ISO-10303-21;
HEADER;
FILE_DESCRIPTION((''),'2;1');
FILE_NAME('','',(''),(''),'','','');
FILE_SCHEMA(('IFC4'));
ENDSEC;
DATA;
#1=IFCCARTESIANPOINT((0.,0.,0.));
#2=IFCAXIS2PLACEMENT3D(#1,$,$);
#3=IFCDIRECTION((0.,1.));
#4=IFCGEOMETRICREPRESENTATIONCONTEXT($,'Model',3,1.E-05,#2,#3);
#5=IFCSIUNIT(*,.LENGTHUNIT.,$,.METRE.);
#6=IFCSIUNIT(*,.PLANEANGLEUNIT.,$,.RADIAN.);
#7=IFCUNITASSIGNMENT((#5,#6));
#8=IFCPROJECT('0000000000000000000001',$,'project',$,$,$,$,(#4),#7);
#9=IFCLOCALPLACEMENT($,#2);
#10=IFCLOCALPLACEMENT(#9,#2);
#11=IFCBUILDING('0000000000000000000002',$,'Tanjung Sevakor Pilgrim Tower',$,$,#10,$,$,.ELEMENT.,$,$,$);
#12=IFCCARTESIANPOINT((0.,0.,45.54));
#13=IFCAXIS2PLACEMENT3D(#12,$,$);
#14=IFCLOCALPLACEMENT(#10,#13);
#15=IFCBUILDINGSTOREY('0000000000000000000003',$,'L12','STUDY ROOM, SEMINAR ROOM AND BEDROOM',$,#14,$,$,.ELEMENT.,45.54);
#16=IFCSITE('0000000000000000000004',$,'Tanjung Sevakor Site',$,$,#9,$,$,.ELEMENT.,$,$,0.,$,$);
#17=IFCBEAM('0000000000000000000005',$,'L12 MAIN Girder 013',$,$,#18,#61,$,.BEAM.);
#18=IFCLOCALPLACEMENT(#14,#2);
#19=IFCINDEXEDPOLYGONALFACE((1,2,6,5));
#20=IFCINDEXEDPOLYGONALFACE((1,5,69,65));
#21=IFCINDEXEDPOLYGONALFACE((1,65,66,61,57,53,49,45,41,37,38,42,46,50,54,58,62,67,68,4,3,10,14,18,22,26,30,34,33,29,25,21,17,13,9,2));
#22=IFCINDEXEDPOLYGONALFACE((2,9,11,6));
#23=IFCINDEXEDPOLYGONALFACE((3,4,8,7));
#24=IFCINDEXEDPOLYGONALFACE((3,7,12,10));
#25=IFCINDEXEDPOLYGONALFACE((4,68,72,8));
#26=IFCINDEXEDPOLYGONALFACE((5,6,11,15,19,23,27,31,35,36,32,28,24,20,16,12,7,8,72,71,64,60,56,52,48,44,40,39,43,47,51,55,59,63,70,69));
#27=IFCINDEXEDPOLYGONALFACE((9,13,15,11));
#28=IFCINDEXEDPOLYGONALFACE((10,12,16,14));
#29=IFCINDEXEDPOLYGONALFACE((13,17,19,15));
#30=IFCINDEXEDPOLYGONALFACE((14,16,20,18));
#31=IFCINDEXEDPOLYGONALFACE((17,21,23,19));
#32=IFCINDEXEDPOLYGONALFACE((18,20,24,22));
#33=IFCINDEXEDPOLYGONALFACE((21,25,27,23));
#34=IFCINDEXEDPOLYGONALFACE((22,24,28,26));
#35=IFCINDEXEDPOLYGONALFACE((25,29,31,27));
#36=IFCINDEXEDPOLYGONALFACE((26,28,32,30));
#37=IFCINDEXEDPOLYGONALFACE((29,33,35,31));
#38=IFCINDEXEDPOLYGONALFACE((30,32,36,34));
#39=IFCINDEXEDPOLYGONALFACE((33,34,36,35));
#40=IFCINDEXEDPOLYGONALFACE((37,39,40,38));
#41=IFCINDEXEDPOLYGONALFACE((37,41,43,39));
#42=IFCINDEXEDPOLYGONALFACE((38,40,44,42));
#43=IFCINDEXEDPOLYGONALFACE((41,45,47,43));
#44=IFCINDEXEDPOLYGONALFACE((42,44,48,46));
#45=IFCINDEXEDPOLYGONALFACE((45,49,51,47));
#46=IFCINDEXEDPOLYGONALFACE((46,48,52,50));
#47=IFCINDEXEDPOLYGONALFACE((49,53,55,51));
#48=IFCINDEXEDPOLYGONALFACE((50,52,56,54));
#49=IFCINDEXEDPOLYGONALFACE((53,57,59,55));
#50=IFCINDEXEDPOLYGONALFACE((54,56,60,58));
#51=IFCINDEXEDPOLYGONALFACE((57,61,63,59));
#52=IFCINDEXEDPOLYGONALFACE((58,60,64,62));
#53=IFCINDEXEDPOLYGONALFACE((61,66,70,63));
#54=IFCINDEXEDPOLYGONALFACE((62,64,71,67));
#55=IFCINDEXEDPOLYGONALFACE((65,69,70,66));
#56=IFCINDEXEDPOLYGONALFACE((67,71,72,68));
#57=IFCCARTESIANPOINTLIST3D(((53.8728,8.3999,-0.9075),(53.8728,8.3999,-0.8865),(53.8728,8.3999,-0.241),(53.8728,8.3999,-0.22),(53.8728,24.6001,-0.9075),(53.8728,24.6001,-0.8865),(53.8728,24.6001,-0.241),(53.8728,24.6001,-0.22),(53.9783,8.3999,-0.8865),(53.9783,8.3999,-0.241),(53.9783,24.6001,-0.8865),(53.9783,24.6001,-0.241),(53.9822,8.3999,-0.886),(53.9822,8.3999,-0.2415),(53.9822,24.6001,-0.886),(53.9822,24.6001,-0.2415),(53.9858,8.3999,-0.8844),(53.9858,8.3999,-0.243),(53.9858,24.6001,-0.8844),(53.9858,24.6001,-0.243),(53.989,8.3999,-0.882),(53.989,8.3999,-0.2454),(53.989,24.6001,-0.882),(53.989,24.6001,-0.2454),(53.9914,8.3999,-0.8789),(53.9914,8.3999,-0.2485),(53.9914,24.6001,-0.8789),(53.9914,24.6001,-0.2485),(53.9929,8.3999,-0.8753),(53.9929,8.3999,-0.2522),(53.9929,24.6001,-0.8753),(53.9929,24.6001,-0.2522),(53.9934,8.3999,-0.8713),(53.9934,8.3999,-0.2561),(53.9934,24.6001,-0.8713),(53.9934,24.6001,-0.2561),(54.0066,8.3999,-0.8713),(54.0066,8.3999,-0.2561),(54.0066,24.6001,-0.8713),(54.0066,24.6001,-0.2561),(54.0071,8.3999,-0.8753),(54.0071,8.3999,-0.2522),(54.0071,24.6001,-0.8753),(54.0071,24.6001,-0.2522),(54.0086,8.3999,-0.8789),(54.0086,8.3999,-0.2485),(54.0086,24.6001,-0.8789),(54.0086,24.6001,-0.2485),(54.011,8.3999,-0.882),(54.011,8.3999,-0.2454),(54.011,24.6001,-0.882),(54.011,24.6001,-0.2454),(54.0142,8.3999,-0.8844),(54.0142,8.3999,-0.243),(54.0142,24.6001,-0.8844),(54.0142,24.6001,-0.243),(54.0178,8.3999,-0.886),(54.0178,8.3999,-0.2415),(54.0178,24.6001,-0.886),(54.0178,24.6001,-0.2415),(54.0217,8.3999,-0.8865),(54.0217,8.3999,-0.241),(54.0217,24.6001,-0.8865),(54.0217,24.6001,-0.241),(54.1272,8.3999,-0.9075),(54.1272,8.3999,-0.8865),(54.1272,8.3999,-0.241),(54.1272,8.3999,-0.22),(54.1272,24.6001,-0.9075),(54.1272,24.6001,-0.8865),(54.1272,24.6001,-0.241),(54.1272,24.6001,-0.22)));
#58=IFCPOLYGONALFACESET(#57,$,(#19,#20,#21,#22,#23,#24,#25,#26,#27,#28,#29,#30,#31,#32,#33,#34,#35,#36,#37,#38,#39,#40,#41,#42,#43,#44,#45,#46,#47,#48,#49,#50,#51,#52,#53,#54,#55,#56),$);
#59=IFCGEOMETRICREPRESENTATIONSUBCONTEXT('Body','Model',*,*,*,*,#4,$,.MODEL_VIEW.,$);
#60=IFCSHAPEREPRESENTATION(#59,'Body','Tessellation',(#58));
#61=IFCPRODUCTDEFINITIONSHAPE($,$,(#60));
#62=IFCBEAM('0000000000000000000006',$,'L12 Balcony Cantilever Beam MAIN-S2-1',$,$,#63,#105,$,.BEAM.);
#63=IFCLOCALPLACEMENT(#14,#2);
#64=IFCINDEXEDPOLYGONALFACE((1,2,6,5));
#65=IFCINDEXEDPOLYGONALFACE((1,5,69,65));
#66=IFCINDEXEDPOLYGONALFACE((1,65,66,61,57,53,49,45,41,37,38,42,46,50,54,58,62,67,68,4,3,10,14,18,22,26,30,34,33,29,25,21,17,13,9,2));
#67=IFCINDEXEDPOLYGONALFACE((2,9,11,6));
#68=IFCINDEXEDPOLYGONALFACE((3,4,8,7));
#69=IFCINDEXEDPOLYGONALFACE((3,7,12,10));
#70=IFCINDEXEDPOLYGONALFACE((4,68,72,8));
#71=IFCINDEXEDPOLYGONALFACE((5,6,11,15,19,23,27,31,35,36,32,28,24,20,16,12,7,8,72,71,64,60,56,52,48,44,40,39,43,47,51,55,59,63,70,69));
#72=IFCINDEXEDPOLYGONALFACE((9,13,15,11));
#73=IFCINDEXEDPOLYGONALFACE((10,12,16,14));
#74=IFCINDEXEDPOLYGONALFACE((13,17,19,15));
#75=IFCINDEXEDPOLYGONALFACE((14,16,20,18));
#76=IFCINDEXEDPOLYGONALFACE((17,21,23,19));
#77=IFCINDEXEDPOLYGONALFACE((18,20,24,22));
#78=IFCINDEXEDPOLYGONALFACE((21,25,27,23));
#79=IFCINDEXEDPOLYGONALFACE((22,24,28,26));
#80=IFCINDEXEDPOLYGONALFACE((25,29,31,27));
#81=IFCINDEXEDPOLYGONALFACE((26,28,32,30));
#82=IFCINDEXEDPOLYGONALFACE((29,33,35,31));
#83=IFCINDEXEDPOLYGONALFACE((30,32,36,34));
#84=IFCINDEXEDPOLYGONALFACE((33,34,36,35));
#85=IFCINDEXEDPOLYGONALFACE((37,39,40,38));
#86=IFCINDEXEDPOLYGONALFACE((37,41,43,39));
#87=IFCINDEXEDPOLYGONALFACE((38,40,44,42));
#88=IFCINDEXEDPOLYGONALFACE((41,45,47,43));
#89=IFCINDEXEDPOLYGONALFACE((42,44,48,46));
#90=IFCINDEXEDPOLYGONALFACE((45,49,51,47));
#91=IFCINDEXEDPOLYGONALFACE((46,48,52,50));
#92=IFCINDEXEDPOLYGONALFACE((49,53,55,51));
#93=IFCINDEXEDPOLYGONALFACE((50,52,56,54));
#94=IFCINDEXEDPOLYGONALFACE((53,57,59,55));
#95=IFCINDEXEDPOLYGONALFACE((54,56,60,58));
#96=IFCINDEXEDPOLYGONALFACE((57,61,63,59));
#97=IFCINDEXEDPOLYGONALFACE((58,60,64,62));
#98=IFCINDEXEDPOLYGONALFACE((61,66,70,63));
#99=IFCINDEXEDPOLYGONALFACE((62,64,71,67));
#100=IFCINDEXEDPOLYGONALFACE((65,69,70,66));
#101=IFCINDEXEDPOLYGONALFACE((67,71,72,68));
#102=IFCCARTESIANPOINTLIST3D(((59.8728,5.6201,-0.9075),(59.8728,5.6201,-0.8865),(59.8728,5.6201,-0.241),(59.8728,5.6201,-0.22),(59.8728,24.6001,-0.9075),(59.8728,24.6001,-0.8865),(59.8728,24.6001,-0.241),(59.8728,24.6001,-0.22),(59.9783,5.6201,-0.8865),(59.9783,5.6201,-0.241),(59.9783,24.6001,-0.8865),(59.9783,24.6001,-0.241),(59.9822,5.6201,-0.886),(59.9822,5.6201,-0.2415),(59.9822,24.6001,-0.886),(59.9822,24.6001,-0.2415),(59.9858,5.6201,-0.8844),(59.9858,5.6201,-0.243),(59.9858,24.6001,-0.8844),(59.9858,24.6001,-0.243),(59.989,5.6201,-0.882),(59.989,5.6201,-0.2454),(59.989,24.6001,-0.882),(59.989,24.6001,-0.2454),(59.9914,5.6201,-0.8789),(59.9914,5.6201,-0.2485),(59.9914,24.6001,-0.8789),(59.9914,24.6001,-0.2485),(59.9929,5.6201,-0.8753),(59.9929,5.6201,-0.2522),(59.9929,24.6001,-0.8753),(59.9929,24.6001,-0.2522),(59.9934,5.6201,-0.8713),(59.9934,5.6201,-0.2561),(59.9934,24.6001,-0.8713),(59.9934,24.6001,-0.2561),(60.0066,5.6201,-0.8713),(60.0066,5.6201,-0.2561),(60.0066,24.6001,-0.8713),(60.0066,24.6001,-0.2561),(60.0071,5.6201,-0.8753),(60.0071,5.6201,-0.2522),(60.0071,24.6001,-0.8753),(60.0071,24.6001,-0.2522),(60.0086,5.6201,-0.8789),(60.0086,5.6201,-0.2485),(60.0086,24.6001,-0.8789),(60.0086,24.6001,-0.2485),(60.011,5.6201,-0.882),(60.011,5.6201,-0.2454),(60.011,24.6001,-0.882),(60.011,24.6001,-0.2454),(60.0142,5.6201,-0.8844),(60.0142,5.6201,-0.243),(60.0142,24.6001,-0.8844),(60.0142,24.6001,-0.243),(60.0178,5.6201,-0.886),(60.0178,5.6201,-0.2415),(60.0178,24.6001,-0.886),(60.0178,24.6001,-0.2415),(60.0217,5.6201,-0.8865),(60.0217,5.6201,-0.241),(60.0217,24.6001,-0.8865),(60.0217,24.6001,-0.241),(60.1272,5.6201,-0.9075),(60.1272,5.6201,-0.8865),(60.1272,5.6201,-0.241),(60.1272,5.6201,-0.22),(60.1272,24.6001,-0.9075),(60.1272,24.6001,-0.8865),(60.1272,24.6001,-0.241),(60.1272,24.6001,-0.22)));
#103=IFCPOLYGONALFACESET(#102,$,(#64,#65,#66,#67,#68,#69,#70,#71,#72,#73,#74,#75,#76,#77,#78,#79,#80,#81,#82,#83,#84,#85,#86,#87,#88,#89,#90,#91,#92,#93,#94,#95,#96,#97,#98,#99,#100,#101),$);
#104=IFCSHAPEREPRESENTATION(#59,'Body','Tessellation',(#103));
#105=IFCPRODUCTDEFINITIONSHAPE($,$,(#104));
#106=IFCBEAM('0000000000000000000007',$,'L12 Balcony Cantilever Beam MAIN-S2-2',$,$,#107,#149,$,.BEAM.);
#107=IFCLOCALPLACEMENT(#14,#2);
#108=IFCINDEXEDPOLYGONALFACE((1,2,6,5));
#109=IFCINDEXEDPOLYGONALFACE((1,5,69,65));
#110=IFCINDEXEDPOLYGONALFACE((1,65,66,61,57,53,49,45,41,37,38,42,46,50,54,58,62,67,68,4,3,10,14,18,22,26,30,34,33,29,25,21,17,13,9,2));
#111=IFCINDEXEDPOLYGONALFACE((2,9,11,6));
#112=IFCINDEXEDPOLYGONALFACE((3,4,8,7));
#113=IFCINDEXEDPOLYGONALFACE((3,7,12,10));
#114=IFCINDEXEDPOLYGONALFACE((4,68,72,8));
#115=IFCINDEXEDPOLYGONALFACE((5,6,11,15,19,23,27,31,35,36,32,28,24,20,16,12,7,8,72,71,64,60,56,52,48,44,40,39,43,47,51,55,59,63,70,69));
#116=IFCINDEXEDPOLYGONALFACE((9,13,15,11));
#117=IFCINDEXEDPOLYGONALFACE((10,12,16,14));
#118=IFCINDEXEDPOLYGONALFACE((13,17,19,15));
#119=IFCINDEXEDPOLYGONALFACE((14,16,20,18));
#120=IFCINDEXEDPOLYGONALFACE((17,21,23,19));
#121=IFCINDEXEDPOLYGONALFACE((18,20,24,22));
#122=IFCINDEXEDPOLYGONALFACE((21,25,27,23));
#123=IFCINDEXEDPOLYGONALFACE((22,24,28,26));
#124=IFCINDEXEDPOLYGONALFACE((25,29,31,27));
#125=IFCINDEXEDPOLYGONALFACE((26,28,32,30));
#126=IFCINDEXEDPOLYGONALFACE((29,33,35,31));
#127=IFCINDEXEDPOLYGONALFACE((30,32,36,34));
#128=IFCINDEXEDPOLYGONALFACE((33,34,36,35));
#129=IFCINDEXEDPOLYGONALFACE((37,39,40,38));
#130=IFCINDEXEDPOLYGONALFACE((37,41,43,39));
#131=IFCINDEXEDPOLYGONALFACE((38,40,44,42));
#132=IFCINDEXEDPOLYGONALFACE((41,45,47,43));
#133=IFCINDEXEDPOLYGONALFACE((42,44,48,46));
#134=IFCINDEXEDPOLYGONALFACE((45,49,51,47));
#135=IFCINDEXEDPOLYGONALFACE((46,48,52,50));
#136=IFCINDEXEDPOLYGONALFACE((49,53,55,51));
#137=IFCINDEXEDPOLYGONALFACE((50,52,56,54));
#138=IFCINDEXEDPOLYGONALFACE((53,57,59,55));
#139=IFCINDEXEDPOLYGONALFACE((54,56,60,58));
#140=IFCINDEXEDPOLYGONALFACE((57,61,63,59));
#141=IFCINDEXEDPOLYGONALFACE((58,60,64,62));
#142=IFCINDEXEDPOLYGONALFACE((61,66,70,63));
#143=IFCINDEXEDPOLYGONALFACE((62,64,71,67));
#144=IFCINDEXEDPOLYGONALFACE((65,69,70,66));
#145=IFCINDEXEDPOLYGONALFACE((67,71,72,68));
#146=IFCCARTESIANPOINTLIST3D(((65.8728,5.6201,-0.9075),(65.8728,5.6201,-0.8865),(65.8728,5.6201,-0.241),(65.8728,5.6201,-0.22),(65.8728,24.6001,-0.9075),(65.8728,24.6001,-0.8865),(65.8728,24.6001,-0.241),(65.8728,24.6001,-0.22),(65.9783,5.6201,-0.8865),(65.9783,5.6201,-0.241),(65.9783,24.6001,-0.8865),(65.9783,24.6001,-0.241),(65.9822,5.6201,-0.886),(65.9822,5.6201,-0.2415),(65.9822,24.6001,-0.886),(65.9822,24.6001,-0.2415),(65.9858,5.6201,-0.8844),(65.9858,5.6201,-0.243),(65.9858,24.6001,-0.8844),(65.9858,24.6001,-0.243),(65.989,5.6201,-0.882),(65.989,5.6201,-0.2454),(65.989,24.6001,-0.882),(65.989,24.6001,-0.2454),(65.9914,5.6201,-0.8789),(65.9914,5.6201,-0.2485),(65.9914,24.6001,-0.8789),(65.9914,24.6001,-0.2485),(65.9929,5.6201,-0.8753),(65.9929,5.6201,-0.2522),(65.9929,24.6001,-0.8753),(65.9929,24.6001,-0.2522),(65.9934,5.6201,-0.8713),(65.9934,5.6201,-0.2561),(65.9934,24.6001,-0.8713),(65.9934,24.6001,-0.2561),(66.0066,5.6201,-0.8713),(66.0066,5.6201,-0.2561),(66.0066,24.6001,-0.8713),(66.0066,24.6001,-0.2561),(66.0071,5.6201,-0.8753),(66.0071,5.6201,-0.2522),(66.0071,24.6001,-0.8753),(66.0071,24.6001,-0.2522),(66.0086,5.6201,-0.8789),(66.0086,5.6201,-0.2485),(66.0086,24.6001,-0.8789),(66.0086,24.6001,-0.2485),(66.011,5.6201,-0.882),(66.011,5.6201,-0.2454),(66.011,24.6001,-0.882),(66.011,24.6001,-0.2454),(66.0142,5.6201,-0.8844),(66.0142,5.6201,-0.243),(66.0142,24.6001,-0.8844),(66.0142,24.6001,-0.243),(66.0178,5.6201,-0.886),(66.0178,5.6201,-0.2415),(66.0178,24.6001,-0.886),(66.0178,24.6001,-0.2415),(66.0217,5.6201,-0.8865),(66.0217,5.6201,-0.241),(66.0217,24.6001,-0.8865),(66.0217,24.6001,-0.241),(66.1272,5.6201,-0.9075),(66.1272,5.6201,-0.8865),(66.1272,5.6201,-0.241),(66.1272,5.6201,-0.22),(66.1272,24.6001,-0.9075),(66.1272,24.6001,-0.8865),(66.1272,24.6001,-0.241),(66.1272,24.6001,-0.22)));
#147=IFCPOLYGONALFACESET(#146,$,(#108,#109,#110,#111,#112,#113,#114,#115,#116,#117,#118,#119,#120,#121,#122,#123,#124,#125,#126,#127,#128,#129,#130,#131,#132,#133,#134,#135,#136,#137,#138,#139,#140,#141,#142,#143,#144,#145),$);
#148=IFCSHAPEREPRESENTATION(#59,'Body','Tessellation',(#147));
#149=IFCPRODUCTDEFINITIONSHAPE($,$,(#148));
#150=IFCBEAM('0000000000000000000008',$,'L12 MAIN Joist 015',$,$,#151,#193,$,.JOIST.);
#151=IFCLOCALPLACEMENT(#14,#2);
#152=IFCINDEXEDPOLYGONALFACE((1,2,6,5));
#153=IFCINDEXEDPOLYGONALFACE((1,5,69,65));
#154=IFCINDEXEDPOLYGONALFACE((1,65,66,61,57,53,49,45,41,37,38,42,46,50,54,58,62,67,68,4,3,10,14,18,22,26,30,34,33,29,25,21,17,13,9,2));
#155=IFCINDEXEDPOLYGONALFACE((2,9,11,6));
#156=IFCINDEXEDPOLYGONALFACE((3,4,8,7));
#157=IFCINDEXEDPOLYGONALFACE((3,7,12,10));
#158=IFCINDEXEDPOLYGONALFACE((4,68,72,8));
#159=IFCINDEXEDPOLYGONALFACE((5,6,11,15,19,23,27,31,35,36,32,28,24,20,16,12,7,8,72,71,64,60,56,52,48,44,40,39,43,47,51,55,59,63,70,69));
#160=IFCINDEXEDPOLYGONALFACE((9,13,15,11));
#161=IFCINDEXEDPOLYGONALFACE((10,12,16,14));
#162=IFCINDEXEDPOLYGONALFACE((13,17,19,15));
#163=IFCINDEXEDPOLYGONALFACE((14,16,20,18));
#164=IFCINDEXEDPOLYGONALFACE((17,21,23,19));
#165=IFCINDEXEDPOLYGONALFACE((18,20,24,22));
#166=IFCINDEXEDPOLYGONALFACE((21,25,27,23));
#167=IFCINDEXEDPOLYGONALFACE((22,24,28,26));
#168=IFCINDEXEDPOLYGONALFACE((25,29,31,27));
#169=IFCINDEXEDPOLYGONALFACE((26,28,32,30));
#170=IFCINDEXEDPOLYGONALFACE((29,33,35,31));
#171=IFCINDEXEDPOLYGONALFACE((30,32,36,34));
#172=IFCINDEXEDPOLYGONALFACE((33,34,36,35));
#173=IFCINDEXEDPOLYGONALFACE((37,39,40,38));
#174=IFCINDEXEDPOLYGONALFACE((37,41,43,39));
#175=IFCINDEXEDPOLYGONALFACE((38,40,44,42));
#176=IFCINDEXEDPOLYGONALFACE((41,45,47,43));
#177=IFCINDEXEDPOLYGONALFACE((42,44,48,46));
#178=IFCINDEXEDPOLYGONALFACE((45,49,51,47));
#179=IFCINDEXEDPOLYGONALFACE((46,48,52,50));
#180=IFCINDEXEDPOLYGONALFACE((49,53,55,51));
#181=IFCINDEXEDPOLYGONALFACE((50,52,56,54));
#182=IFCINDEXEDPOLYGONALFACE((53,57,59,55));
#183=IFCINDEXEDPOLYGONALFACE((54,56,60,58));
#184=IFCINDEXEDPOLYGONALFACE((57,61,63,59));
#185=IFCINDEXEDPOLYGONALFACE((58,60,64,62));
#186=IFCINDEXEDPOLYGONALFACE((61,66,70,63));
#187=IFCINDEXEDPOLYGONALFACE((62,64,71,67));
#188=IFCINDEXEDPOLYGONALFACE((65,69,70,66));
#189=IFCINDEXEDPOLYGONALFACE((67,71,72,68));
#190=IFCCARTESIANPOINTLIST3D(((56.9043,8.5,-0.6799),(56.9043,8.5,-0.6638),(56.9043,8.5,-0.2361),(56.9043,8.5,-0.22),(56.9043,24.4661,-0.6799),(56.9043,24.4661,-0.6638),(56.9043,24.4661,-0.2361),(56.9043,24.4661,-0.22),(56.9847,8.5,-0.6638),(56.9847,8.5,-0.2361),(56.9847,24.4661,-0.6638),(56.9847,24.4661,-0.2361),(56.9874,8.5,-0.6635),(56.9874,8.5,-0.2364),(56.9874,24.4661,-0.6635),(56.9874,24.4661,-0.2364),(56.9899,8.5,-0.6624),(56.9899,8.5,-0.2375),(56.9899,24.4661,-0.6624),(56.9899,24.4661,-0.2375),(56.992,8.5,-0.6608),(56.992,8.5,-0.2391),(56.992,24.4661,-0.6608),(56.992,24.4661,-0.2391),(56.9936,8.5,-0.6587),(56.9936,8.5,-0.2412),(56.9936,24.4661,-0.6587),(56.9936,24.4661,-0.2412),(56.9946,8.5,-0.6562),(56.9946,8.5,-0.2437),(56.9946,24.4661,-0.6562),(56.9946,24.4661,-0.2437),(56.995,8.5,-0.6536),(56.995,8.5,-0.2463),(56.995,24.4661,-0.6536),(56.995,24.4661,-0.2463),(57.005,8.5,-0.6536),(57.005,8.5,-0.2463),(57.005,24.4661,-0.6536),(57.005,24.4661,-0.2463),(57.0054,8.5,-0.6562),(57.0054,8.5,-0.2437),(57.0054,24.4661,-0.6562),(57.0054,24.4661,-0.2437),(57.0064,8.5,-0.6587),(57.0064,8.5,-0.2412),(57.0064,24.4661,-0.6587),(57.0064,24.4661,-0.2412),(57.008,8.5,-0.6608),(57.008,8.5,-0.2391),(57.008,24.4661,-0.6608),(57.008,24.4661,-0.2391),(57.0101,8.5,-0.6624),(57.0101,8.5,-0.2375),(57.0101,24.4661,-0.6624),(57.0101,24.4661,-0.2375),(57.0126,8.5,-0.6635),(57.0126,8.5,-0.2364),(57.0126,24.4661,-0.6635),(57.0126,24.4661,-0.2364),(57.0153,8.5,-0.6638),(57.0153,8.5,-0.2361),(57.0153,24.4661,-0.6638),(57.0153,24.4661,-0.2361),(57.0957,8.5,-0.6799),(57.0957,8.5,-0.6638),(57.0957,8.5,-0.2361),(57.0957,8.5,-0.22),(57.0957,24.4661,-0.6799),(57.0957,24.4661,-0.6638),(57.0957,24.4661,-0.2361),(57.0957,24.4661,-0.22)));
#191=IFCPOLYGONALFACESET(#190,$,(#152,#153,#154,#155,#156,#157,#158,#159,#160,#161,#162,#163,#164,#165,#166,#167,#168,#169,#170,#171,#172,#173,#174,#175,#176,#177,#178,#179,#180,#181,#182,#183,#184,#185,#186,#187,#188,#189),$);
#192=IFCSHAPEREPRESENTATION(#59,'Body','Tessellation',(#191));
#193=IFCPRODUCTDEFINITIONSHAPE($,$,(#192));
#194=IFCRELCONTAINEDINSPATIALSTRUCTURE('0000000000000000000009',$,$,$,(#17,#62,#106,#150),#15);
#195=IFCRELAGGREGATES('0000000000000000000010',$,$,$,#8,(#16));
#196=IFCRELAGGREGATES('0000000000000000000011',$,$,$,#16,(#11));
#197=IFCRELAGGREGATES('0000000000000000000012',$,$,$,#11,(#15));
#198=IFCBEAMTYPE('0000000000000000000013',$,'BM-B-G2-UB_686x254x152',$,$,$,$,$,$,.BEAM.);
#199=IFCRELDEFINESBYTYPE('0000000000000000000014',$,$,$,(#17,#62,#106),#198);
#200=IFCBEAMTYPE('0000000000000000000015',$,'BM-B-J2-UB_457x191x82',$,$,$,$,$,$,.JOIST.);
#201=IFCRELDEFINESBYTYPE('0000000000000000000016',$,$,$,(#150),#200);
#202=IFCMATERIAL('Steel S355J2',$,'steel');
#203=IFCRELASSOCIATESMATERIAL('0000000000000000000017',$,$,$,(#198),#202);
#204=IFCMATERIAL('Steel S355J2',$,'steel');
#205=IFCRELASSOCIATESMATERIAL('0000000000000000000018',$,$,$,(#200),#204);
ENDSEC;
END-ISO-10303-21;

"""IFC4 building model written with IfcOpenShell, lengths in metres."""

from ifc_helpers import new_model, si_unit, direction, frame, origin, origin_2d, place, context, subcontext, project, spatial, i_section, extrude, material, material_profile, profile_set, type_object, element, save


model = new_model("IFC4")

# Units and contexts
model_context = context("Model", 3, precision=1e-05, world=origin(), true_north=direction((0.0, 1.0)))
body_context = subcontext(model_context, "Body", "Model", "MODEL_VIEW")
ifc_project = project(units=[si_unit("LENGTHUNIT", "METRE"), si_unit("PLANEANGLEUNIT", "RADIAN")], contexts=[model_context])

# Site, building, storey
site_placement = place(None, origin())
site = spatial("IfcSite", under=ifc_project, at=site_placement, Name="Tanjung Sevakor Site", CompositionType="ELEMENT", RefElevation=0.0)
building_placement = place(site_placement, origin())
building = spatial("IfcBuilding", under=site, at=building_placement, Name="Tanjung Sevakor Pilgrim Tower", CompositionType="ELEMENT")
storey_placement = place(building_placement, frame((0.0, 0.0, 45.54)))
storey = spatial("IfcBuildingStorey", under=building, at=storey_placement, Name="L12", Description="STUDY ROOM, SEMINAR ROOM AND BEDROOM", CompositionType="ELEMENT", Elevation=45.54)

# Beams
ifc_material_1 = material(Name="Steel S355J2", Category="steel")
ifc_material_profile_1 = material_profile(ifc_material_1, i_section(OverallWidth=0.2544, OverallDepth=0.6875, WebThickness=0.0132, FlangeThickness=0.021, FilletRadius=0.0151, at=origin_2d()))
ifc_profile_set_1 = profile_set([ifc_material_profile_1], Name="Steel S355J2")
beam_type_1 = type_object("IfcBeamType", Name="BM-B-G2-UB_686x254x152", PredefinedType="BEAM", material=ifc_profile_set_1)
beam_1_placement = place(storey_placement, frame((54.0, 8.3999, -0.5637), z_axis=(0.0, 1.0, 0.0), x_axis=(-1.0, 0.0, 0.0)))
element("IfcBeam", 1, at=beam_1_placement, inside=storey, type_object=beam_type_1, Name="L12 MAIN Girder 013", PredefinedType="BEAM", context=body_context, shape_type="SweptSolid", body=[
    extrude(i_section(OverallWidth=0.2544, OverallDepth=0.6875, WebThickness=0.0132, FlangeThickness=0.021, FilletRadius=0.0151, at=origin_2d()), origin(), (0.0, 0.0, 1.0), 16.2002),
])
for number, where, z_axis, x_axis, name in (
    (2, (60.0, 24.6001, -0.5637), (0.0, -1.0, 0.0), (1.0, 0.0, 0.0), "L12 Balcony Cantilever Beam MAIN-S2-1"),
    (3, (66.0, 24.6001, -0.5637), (0.0, -1.0, 0.0), (1.0, 0.0, 0.0), "L12 Balcony Cantilever Beam MAIN-S2-2"),
):
    element("IfcBeam", number, at=place(storey_placement, frame(where, z_axis=z_axis, x_axis=x_axis)), inside=storey, type_object=beam_type_1, Name=name, PredefinedType="BEAM", context=body_context, shape_type="SweptSolid", body=[
        extrude(i_section(OverallWidth=0.2544, OverallDepth=0.6875, WebThickness=0.0132, FlangeThickness=0.021, FilletRadius=0.0151, at=origin_2d()), origin(), (0.0, 0.0, 1.0), 18.98),
    ])
ifc_material_2 = material(Name="Steel S355J2", Category="steel")
ifc_material_profile_2 = material_profile(ifc_material_2, i_section(OverallWidth=0.1914, OverallDepth=0.46, WebThickness=0.01, FlangeThickness=0.0161, FilletRadius=0.0103, at=origin_2d()))
ifc_profile_set_2 = profile_set([ifc_material_profile_2], Name="Steel S355J2")
beam_type_2 = type_object("IfcBeamType", Name="BM-B-J2-UB_457x191x82", PredefinedType="JOIST", material=ifc_profile_set_2)
for number, where, z_axis, x_axis, name in (
    (4, (57.0, 8.5, -0.45), (0.0, 1.0, 0.0), (-1.0, 0.0, 0.0), "L12 MAIN Joist 015"),
):
    element("IfcBeam", number, at=place(storey_placement, frame(where, z_axis=z_axis, x_axis=x_axis)), inside=storey, type_object=beam_type_2, Name=name, PredefinedType="JOIST", context=body_context, shape_type="SweptSolid", body=[
        extrude(i_section(OverallWidth=0.1914, OverallDepth=0.46, WebThickness=0.01, FlangeThickness=0.0161, FilletRadius=0.0103, at=origin_2d()), origin(), (0.0, 0.0, 1.0), 15.9661),
    ])

save(model, "model.ifc")
